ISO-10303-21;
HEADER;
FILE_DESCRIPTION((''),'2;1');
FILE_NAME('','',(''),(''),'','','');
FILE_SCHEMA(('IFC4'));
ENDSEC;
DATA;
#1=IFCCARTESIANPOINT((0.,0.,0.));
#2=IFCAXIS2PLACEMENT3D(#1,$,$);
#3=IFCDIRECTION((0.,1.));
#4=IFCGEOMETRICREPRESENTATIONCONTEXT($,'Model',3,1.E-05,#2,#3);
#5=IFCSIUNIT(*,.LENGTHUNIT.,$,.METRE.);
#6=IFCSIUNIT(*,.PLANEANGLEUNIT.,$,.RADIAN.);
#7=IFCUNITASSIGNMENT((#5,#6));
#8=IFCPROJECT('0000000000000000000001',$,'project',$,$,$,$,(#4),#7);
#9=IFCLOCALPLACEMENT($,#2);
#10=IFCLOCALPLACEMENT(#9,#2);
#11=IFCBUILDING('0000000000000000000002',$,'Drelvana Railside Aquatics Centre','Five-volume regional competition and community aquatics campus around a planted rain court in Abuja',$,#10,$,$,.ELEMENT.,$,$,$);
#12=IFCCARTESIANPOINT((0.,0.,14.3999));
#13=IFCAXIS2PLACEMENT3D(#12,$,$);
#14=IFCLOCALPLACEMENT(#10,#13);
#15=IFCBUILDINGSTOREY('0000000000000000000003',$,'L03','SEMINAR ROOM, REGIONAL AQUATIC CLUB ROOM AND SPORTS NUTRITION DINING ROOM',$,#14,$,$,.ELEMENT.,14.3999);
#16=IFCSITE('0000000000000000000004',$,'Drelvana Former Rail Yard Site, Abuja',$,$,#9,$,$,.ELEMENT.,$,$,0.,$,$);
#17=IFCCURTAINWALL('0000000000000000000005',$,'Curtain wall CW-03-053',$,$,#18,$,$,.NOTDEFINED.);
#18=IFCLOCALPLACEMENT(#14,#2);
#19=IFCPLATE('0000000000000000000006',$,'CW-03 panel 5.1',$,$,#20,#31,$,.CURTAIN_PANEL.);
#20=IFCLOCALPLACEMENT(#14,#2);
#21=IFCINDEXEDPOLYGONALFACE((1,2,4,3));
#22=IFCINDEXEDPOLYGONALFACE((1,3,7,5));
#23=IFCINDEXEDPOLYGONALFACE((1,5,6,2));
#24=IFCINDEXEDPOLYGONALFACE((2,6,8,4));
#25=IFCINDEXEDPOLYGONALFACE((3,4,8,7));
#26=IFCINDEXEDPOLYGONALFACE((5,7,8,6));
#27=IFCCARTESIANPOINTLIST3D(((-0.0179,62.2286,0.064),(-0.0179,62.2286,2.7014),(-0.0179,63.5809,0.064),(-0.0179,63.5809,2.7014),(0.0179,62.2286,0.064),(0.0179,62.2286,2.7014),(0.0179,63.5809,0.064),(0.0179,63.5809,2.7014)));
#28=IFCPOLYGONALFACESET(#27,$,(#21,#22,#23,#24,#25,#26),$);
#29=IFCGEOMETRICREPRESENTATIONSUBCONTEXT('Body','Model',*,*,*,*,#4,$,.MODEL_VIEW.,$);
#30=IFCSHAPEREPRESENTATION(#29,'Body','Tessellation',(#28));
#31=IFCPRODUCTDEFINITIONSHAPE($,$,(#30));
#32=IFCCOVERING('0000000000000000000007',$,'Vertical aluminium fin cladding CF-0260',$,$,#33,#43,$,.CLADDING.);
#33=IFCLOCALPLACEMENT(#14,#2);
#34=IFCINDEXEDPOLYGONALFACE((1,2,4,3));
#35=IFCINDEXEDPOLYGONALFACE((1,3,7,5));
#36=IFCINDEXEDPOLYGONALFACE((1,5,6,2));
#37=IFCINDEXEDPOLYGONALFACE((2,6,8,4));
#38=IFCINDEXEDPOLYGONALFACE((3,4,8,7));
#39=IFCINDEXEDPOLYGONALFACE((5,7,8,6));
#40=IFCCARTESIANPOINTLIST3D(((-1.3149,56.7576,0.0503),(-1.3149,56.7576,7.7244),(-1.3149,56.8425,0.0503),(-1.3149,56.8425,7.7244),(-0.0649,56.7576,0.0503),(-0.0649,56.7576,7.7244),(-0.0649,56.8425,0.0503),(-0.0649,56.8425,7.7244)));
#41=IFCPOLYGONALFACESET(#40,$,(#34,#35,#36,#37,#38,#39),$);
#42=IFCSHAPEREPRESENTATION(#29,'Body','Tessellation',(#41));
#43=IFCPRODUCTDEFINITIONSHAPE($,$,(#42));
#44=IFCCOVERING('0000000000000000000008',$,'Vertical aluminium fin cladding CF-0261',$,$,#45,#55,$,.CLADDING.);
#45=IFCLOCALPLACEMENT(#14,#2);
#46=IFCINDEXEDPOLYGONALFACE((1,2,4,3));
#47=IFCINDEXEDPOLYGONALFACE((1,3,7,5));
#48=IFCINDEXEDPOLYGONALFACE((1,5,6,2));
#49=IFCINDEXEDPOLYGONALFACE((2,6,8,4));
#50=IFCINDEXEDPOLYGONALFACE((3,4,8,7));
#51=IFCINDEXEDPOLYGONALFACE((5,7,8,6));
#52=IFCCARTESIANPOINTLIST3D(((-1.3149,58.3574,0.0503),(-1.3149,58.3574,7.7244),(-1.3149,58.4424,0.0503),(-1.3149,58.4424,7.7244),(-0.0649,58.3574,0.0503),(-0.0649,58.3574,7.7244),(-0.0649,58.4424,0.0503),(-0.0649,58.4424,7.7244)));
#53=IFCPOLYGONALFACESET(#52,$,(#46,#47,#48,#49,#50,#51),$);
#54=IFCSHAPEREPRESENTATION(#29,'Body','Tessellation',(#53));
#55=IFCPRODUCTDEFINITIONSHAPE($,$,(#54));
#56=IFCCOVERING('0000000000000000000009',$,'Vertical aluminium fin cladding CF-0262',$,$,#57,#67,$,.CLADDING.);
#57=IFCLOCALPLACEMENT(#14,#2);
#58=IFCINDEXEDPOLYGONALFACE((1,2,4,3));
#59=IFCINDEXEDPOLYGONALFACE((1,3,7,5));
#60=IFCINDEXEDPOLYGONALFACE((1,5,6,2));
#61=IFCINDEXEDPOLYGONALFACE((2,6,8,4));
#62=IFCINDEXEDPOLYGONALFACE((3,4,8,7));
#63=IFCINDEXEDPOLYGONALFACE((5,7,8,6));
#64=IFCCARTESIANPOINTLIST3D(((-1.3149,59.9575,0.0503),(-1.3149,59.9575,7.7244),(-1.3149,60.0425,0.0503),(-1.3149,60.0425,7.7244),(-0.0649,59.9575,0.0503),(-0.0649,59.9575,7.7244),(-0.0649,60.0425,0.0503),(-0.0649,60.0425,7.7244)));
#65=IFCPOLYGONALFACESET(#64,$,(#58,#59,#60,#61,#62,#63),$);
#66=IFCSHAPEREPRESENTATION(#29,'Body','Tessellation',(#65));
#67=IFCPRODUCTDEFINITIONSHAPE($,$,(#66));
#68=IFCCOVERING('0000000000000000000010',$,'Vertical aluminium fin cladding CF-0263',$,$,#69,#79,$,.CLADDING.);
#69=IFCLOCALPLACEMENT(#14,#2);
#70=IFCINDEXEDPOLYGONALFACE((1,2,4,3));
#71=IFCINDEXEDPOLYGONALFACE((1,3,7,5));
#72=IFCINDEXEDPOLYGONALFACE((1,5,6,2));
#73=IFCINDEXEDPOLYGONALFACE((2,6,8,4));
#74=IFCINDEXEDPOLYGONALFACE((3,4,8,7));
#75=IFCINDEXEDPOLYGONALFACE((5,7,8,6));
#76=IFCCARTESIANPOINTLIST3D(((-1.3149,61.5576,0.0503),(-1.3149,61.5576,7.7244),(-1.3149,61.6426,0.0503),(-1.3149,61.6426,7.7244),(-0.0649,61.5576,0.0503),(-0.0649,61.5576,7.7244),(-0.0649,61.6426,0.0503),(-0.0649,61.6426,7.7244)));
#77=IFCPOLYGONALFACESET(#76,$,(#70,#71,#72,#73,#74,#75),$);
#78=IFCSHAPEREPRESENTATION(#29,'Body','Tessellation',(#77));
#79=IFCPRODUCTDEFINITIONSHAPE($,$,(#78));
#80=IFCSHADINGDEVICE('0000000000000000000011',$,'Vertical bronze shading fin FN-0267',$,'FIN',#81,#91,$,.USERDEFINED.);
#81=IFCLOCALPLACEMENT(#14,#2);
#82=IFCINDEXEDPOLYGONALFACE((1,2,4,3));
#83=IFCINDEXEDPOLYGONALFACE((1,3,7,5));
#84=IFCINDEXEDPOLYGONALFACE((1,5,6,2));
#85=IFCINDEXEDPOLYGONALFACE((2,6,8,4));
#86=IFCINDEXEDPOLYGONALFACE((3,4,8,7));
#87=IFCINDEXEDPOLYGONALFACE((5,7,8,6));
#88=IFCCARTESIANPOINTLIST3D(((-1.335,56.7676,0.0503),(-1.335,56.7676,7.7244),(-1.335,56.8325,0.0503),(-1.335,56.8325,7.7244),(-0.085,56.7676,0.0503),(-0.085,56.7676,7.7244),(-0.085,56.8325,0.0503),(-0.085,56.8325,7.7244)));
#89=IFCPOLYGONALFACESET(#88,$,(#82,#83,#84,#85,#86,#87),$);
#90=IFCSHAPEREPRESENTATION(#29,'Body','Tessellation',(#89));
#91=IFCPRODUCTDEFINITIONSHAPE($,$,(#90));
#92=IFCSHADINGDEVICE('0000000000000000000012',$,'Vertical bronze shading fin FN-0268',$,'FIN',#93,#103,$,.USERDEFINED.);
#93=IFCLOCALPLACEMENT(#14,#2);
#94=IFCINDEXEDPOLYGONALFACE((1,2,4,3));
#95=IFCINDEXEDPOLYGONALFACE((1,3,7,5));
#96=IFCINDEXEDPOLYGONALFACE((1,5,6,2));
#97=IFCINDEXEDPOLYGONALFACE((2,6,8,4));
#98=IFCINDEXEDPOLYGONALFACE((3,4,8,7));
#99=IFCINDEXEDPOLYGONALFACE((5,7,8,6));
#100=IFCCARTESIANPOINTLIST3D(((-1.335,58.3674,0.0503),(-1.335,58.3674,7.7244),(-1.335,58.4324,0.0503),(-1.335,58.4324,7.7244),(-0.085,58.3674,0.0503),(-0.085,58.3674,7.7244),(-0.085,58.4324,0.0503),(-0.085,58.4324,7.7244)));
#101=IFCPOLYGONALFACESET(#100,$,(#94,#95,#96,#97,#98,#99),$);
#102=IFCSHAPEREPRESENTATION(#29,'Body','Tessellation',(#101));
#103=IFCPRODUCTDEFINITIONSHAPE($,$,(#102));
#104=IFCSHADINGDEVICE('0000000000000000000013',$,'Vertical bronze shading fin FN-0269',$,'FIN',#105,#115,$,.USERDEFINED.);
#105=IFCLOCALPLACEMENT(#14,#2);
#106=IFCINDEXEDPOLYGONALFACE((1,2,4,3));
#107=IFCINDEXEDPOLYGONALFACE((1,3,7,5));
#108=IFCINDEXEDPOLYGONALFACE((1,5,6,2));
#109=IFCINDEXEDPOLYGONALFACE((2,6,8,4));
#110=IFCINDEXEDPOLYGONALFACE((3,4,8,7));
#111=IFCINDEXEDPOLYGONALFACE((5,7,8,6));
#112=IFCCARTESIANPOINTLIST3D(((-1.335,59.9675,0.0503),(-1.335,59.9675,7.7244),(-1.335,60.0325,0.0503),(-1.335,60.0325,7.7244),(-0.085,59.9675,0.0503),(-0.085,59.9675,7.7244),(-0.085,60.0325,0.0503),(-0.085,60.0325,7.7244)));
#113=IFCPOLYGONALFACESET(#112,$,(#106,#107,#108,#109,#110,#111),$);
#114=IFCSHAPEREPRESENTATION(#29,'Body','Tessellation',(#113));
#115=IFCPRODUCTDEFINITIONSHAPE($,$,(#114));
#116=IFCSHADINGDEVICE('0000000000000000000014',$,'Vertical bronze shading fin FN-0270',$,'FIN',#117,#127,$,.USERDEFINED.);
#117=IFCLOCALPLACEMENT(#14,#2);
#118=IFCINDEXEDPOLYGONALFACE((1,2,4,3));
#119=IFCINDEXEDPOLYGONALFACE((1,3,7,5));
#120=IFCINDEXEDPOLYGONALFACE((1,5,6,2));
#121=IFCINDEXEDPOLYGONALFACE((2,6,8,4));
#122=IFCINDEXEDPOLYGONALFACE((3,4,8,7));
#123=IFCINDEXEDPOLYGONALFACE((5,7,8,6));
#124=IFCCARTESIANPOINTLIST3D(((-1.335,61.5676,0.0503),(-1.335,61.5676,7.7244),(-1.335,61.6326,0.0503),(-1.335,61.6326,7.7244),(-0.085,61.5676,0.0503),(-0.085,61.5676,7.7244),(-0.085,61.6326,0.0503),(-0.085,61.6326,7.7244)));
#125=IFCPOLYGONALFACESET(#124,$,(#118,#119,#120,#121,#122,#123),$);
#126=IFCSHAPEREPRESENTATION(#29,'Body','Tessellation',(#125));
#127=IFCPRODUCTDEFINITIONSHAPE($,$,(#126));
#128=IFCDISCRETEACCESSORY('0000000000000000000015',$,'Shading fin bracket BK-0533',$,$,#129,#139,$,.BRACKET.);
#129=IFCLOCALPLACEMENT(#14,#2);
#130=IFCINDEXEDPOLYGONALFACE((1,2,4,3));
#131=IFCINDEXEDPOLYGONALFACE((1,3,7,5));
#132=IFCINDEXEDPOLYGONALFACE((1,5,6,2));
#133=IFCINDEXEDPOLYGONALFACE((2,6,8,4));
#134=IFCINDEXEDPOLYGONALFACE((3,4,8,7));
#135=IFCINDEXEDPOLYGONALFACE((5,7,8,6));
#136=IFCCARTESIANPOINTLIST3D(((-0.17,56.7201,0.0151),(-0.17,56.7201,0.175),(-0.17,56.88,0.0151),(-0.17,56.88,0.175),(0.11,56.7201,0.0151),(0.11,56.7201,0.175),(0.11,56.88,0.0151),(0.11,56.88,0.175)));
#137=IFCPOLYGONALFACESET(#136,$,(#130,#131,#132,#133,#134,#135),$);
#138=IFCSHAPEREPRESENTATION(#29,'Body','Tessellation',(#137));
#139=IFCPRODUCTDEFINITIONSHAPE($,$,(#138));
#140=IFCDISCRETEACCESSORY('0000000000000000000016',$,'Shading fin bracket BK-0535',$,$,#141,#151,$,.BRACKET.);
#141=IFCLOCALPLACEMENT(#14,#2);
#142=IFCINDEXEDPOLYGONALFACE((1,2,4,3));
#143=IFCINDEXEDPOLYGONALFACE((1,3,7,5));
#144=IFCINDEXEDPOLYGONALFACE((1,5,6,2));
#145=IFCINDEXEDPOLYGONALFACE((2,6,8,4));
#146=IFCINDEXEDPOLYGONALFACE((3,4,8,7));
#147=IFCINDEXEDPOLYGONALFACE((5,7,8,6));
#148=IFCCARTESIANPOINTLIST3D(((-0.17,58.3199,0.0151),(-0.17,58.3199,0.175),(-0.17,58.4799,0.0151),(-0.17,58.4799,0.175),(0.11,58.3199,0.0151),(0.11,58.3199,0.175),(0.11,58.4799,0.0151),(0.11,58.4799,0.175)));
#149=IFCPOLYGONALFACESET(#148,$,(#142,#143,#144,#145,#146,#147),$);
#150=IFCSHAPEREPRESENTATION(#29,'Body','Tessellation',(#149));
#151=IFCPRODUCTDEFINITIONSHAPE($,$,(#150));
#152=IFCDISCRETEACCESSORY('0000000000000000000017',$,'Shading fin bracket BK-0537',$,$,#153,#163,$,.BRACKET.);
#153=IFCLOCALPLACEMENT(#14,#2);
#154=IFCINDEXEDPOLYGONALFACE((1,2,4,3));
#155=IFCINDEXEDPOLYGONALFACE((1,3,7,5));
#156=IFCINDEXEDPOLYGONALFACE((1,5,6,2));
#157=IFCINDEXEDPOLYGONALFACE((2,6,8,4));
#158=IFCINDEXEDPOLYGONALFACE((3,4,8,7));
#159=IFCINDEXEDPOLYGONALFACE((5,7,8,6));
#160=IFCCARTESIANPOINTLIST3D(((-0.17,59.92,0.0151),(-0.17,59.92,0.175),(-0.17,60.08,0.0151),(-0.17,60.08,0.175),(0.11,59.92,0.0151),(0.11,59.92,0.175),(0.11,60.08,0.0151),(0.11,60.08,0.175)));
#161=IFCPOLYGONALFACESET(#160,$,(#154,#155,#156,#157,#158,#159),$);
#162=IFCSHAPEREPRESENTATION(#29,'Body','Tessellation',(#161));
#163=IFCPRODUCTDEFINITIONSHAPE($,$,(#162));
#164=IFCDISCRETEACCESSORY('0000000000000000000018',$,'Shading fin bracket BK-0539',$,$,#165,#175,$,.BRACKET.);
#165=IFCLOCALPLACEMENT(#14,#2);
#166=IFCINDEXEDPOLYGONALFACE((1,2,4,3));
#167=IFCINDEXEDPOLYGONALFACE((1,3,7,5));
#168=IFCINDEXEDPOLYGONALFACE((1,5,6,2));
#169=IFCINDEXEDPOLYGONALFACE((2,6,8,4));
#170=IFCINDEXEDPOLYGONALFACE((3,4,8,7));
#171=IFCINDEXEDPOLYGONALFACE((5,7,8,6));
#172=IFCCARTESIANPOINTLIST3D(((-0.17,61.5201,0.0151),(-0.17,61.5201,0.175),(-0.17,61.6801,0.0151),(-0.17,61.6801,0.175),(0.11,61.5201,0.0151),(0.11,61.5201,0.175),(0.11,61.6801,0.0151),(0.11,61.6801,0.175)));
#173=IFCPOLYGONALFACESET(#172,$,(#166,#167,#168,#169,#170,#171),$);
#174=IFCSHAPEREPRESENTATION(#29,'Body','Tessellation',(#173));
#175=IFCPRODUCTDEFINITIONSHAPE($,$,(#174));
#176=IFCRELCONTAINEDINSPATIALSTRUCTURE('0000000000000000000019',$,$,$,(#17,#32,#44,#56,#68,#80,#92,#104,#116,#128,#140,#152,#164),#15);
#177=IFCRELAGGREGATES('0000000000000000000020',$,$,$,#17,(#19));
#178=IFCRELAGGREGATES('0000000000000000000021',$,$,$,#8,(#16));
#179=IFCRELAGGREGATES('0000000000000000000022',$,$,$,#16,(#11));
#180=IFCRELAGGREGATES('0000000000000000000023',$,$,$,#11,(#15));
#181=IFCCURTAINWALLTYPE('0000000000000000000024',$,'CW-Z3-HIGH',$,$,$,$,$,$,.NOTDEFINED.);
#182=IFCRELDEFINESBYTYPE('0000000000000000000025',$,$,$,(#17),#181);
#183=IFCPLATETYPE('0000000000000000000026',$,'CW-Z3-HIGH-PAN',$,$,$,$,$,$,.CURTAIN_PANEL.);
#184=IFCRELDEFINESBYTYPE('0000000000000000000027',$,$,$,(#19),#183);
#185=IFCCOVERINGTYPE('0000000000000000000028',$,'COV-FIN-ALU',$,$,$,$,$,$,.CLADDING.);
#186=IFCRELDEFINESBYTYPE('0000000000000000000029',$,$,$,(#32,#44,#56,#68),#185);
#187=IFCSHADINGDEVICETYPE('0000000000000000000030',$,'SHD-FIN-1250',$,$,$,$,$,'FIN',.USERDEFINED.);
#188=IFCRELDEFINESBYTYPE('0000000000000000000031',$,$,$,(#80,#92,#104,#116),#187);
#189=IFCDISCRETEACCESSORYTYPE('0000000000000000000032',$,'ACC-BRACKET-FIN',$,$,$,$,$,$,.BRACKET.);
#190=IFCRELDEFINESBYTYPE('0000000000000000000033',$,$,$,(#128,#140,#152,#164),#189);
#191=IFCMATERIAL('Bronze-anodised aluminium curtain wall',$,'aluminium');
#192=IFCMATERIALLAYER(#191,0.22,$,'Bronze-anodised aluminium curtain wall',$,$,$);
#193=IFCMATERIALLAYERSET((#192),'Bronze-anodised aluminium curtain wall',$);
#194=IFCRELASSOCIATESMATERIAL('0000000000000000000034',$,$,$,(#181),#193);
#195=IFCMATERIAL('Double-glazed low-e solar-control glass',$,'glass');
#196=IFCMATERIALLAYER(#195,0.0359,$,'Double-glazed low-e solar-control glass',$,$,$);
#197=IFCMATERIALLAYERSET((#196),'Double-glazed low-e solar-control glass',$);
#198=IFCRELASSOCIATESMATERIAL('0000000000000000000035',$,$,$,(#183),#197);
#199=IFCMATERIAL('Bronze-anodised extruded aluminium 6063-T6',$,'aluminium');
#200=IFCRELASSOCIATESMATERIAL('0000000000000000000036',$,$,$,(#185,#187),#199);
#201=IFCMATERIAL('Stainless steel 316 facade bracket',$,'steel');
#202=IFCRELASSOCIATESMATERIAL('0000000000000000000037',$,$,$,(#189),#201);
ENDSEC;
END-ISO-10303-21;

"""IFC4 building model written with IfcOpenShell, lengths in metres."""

from ifc_helpers import new_model, si_unit, direction, frame, origin, origin_2d, place, context, subcontext, project, spatial, rectangle, extrude, material, layer, layer_set, type_object, element, aggregate, save


model = new_model("IFC4")

# Units and contexts
model_context = context("Model", 3, precision=1e-05, world=origin(), true_north=direction((0.0, 1.0)))
body_context = subcontext(model_context, "Body", "Model", "MODEL_VIEW")
ifc_project = project(units=[si_unit("LENGTHUNIT", "METRE"), si_unit("PLANEANGLEUNIT", "RADIAN")], contexts=[model_context])

# Site, building, storey
site_placement = place(None, origin())
site = spatial("IfcSite", under=ifc_project, at=site_placement, Name="Drelvana Former Rail Yard Site, Abuja", CompositionType="ELEMENT", RefElevation=0.0)
building_placement = place(site_placement, origin())
building = spatial("IfcBuilding", under=site, at=building_placement, Name="Drelvana Railside Aquatics Centre", Description="Five-volume regional competition and community aquatics campus around a planted rain court in Abuja", CompositionType="ELEMENT")
storey_placement = place(building_placement, frame((0.0, 0.0, 14.3999)))
storey = spatial("IfcBuildingStorey", under=building, at=storey_placement, Name="L03", Description="SEMINAR ROOM, REGIONAL AQUATIC CLUB ROOM AND SPORTS NUTRITION DINING ROOM", CompositionType="ELEMENT", Elevation=14.3999)

# Shared definitions
ifc_material_1 = material(Name="Bronze-anodised aluminium curtain wall", Category="aluminium")
ifc_layer_1 = layer(ifc_material_1, 0.22, Name="Bronze-anodised aluminium curtain wall")
ifc_layer_set_1 = layer_set([ifc_layer_1], Name="Bronze-anodised aluminium curtain wall")
curtain_wall_type = type_object("IfcCurtainWallType", Name="CW-Z3-HIGH", PredefinedType="NOTDEFINED", material=ifc_layer_set_1)

# Curtain wall, plate
curtain_wall_1_placement = place(storey_placement, origin())
curtain_wall_1 = element("IfcCurtainWall", 1, at=curtain_wall_1_placement, inside=storey, type_object=curtain_wall_type, Name="Curtain wall CW-03-053", PredefinedType="NOTDEFINED")
ifc_material_2 = material(Name="Double-glazed low-e solar-control glass", Category="glass")
ifc_layer_2 = layer(ifc_material_2, 0.0359, Name="Double-glazed low-e solar-control glass")
ifc_layer_set_2 = layer_set([ifc_layer_2], Name="Double-glazed low-e solar-control glass")
plate_type = type_object("IfcPlateType", Name="CW-Z3-HIGH-PAN", PredefinedType="CURTAIN_PANEL", material=ifc_layer_set_2)
plate_1_placement = place(storey_placement, frame((0.0, 62.9048, 0.064), z_axis=(0.0, 0.0, 1.0), x_axis=(0.0, 1.0, 0.0)))
plate_1 = element("IfcPlate", 2, at=plate_1_placement, type_object=plate_type, Name="CW-03 panel 5.1", PredefinedType="CURTAIN_PANEL", context=body_context, shape_type="SweptSolid", body=[
    extrude(rectangle(XDim=1.3523, YDim=0.0359, at=origin_2d()), origin(), (0.0, 0.0, 1.0), 2.6375),
])
aggregate(curtain_wall_1, [plate_1])

# Coverings
ifc_material_3 = material(Name="Bronze-anodised extruded aluminium 6063-T6", Category="aluminium")
covering_type = type_object("IfcCoveringType", Name="COV-FIN-ALU", PredefinedType="CLADDING", material=ifc_material_3)
for number, where, z_axis, x_axis, name in (
    (3, (-0.6899, 56.8, 0.0503), (0.0, 0.0, 1.0), (0.0, 1.0, 0.0), "Vertical aluminium fin cladding CF-0260"),
    (4, (-0.6899, 58.3999, 0.0503), (0.0, 0.0, 1.0), (0.0, 1.0, 0.0), "Vertical aluminium fin cladding CF-0261"),
    (5, (-0.6899, 60.0, 0.0503), (0.0, 0.0, 1.0), (0.0, 1.0, 0.0), "Vertical aluminium fin cladding CF-0262"),
    (6, (-0.6899, 61.6001, 0.0503), (0.0, 0.0, 1.0), (0.0, 1.0, 0.0), "Vertical aluminium fin cladding CF-0263"),
):
    element("IfcCovering", number, at=place(storey_placement, frame(where, z_axis=z_axis, x_axis=x_axis)), inside=storey, type_object=covering_type, Name=name, PredefinedType="CLADDING", context=body_context, shape_type="SweptSolid", body=[
        extrude(rectangle(XDim=0.085, YDim=1.25, at=origin_2d()), origin(), (0.0, 0.0, 1.0), 7.6741),
    ])

# Shading devices
shading_device_type = type_object("IfcShadingDeviceType", Name="SHD-FIN-1250", ElementType="FIN", PredefinedType="USERDEFINED", material=ifc_material_3)
for number, where, z_axis, x_axis, name in (
    (7, (-0.71, 56.8, 0.0503), (0.0, 0.0, 1.0), (-1.0, 0.0, 0.0), "Vertical bronze shading fin FN-0267"),
    (8, (-0.71, 58.3999, 0.0503), (0.0, 0.0, 1.0), (-1.0, 0.0, 0.0), "Vertical bronze shading fin FN-0268"),
    (9, (-0.71, 60.0, 0.0503), (0.0, 0.0, 1.0), (-1.0, 0.0, 0.0), "Vertical bronze shading fin FN-0269"),
    (10, (-0.71, 61.6001, 0.0503), (0.0, 0.0, 1.0), (-1.0, 0.0, 0.0), "Vertical bronze shading fin FN-0270"),
):
    element("IfcShadingDevice", number, at=place(storey_placement, frame(where, z_axis=z_axis, x_axis=x_axis)), inside=storey, type_object=shading_device_type, Name=name, ObjectType="FIN", PredefinedType="USERDEFINED", context=body_context, shape_type="SweptSolid", body=[
        extrude(rectangle(XDim=1.25, YDim=0.0649, at=origin_2d()), origin(), (0.0, 0.0, 1.0), 7.6741),
    ])

# Discrete accessories
ifc_material_4 = material(Name="Stainless steel 316 facade bracket", Category="steel")
discrete_accessory_type = type_object("IfcDiscreteAccessoryType", Name="ACC-BRACKET-FIN", PredefinedType="BRACKET", material=ifc_material_4)
for number, where, z_axis, x_axis, name in (
    (11, (-0.03, 56.8, 0.0151), (0.0, 0.0, 1.0), (-1.0, 0.0, 0.0), "Shading fin bracket BK-0533"),
    (12, (-0.03, 58.3999, 0.0151), (0.0, 0.0, 1.0), (-1.0, 0.0, 0.0), "Shading fin bracket BK-0535"),
    (13, (-0.03, 60.0, 0.0151), (0.0, 0.0, 1.0), (-1.0, 0.0, 0.0), "Shading fin bracket BK-0537"),
    (14, (-0.03, 61.6001, 0.0151), (0.0, 0.0, 1.0), (-1.0, 0.0, 0.0), "Shading fin bracket BK-0539"),
):
    element("IfcDiscreteAccessory", number, at=place(storey_placement, frame(where, z_axis=z_axis, x_axis=x_axis)), inside=storey, type_object=discrete_accessory_type, Name=name, PredefinedType="BRACKET", context=body_context, shape_type="SweptSolid", body=[
        extrude(rectangle(XDim=0.28, YDim=0.1599, at=origin_2d()), origin(), (0.0, 0.0, 1.0), 0.1599),
    ])

save(model, "model.ifc")
